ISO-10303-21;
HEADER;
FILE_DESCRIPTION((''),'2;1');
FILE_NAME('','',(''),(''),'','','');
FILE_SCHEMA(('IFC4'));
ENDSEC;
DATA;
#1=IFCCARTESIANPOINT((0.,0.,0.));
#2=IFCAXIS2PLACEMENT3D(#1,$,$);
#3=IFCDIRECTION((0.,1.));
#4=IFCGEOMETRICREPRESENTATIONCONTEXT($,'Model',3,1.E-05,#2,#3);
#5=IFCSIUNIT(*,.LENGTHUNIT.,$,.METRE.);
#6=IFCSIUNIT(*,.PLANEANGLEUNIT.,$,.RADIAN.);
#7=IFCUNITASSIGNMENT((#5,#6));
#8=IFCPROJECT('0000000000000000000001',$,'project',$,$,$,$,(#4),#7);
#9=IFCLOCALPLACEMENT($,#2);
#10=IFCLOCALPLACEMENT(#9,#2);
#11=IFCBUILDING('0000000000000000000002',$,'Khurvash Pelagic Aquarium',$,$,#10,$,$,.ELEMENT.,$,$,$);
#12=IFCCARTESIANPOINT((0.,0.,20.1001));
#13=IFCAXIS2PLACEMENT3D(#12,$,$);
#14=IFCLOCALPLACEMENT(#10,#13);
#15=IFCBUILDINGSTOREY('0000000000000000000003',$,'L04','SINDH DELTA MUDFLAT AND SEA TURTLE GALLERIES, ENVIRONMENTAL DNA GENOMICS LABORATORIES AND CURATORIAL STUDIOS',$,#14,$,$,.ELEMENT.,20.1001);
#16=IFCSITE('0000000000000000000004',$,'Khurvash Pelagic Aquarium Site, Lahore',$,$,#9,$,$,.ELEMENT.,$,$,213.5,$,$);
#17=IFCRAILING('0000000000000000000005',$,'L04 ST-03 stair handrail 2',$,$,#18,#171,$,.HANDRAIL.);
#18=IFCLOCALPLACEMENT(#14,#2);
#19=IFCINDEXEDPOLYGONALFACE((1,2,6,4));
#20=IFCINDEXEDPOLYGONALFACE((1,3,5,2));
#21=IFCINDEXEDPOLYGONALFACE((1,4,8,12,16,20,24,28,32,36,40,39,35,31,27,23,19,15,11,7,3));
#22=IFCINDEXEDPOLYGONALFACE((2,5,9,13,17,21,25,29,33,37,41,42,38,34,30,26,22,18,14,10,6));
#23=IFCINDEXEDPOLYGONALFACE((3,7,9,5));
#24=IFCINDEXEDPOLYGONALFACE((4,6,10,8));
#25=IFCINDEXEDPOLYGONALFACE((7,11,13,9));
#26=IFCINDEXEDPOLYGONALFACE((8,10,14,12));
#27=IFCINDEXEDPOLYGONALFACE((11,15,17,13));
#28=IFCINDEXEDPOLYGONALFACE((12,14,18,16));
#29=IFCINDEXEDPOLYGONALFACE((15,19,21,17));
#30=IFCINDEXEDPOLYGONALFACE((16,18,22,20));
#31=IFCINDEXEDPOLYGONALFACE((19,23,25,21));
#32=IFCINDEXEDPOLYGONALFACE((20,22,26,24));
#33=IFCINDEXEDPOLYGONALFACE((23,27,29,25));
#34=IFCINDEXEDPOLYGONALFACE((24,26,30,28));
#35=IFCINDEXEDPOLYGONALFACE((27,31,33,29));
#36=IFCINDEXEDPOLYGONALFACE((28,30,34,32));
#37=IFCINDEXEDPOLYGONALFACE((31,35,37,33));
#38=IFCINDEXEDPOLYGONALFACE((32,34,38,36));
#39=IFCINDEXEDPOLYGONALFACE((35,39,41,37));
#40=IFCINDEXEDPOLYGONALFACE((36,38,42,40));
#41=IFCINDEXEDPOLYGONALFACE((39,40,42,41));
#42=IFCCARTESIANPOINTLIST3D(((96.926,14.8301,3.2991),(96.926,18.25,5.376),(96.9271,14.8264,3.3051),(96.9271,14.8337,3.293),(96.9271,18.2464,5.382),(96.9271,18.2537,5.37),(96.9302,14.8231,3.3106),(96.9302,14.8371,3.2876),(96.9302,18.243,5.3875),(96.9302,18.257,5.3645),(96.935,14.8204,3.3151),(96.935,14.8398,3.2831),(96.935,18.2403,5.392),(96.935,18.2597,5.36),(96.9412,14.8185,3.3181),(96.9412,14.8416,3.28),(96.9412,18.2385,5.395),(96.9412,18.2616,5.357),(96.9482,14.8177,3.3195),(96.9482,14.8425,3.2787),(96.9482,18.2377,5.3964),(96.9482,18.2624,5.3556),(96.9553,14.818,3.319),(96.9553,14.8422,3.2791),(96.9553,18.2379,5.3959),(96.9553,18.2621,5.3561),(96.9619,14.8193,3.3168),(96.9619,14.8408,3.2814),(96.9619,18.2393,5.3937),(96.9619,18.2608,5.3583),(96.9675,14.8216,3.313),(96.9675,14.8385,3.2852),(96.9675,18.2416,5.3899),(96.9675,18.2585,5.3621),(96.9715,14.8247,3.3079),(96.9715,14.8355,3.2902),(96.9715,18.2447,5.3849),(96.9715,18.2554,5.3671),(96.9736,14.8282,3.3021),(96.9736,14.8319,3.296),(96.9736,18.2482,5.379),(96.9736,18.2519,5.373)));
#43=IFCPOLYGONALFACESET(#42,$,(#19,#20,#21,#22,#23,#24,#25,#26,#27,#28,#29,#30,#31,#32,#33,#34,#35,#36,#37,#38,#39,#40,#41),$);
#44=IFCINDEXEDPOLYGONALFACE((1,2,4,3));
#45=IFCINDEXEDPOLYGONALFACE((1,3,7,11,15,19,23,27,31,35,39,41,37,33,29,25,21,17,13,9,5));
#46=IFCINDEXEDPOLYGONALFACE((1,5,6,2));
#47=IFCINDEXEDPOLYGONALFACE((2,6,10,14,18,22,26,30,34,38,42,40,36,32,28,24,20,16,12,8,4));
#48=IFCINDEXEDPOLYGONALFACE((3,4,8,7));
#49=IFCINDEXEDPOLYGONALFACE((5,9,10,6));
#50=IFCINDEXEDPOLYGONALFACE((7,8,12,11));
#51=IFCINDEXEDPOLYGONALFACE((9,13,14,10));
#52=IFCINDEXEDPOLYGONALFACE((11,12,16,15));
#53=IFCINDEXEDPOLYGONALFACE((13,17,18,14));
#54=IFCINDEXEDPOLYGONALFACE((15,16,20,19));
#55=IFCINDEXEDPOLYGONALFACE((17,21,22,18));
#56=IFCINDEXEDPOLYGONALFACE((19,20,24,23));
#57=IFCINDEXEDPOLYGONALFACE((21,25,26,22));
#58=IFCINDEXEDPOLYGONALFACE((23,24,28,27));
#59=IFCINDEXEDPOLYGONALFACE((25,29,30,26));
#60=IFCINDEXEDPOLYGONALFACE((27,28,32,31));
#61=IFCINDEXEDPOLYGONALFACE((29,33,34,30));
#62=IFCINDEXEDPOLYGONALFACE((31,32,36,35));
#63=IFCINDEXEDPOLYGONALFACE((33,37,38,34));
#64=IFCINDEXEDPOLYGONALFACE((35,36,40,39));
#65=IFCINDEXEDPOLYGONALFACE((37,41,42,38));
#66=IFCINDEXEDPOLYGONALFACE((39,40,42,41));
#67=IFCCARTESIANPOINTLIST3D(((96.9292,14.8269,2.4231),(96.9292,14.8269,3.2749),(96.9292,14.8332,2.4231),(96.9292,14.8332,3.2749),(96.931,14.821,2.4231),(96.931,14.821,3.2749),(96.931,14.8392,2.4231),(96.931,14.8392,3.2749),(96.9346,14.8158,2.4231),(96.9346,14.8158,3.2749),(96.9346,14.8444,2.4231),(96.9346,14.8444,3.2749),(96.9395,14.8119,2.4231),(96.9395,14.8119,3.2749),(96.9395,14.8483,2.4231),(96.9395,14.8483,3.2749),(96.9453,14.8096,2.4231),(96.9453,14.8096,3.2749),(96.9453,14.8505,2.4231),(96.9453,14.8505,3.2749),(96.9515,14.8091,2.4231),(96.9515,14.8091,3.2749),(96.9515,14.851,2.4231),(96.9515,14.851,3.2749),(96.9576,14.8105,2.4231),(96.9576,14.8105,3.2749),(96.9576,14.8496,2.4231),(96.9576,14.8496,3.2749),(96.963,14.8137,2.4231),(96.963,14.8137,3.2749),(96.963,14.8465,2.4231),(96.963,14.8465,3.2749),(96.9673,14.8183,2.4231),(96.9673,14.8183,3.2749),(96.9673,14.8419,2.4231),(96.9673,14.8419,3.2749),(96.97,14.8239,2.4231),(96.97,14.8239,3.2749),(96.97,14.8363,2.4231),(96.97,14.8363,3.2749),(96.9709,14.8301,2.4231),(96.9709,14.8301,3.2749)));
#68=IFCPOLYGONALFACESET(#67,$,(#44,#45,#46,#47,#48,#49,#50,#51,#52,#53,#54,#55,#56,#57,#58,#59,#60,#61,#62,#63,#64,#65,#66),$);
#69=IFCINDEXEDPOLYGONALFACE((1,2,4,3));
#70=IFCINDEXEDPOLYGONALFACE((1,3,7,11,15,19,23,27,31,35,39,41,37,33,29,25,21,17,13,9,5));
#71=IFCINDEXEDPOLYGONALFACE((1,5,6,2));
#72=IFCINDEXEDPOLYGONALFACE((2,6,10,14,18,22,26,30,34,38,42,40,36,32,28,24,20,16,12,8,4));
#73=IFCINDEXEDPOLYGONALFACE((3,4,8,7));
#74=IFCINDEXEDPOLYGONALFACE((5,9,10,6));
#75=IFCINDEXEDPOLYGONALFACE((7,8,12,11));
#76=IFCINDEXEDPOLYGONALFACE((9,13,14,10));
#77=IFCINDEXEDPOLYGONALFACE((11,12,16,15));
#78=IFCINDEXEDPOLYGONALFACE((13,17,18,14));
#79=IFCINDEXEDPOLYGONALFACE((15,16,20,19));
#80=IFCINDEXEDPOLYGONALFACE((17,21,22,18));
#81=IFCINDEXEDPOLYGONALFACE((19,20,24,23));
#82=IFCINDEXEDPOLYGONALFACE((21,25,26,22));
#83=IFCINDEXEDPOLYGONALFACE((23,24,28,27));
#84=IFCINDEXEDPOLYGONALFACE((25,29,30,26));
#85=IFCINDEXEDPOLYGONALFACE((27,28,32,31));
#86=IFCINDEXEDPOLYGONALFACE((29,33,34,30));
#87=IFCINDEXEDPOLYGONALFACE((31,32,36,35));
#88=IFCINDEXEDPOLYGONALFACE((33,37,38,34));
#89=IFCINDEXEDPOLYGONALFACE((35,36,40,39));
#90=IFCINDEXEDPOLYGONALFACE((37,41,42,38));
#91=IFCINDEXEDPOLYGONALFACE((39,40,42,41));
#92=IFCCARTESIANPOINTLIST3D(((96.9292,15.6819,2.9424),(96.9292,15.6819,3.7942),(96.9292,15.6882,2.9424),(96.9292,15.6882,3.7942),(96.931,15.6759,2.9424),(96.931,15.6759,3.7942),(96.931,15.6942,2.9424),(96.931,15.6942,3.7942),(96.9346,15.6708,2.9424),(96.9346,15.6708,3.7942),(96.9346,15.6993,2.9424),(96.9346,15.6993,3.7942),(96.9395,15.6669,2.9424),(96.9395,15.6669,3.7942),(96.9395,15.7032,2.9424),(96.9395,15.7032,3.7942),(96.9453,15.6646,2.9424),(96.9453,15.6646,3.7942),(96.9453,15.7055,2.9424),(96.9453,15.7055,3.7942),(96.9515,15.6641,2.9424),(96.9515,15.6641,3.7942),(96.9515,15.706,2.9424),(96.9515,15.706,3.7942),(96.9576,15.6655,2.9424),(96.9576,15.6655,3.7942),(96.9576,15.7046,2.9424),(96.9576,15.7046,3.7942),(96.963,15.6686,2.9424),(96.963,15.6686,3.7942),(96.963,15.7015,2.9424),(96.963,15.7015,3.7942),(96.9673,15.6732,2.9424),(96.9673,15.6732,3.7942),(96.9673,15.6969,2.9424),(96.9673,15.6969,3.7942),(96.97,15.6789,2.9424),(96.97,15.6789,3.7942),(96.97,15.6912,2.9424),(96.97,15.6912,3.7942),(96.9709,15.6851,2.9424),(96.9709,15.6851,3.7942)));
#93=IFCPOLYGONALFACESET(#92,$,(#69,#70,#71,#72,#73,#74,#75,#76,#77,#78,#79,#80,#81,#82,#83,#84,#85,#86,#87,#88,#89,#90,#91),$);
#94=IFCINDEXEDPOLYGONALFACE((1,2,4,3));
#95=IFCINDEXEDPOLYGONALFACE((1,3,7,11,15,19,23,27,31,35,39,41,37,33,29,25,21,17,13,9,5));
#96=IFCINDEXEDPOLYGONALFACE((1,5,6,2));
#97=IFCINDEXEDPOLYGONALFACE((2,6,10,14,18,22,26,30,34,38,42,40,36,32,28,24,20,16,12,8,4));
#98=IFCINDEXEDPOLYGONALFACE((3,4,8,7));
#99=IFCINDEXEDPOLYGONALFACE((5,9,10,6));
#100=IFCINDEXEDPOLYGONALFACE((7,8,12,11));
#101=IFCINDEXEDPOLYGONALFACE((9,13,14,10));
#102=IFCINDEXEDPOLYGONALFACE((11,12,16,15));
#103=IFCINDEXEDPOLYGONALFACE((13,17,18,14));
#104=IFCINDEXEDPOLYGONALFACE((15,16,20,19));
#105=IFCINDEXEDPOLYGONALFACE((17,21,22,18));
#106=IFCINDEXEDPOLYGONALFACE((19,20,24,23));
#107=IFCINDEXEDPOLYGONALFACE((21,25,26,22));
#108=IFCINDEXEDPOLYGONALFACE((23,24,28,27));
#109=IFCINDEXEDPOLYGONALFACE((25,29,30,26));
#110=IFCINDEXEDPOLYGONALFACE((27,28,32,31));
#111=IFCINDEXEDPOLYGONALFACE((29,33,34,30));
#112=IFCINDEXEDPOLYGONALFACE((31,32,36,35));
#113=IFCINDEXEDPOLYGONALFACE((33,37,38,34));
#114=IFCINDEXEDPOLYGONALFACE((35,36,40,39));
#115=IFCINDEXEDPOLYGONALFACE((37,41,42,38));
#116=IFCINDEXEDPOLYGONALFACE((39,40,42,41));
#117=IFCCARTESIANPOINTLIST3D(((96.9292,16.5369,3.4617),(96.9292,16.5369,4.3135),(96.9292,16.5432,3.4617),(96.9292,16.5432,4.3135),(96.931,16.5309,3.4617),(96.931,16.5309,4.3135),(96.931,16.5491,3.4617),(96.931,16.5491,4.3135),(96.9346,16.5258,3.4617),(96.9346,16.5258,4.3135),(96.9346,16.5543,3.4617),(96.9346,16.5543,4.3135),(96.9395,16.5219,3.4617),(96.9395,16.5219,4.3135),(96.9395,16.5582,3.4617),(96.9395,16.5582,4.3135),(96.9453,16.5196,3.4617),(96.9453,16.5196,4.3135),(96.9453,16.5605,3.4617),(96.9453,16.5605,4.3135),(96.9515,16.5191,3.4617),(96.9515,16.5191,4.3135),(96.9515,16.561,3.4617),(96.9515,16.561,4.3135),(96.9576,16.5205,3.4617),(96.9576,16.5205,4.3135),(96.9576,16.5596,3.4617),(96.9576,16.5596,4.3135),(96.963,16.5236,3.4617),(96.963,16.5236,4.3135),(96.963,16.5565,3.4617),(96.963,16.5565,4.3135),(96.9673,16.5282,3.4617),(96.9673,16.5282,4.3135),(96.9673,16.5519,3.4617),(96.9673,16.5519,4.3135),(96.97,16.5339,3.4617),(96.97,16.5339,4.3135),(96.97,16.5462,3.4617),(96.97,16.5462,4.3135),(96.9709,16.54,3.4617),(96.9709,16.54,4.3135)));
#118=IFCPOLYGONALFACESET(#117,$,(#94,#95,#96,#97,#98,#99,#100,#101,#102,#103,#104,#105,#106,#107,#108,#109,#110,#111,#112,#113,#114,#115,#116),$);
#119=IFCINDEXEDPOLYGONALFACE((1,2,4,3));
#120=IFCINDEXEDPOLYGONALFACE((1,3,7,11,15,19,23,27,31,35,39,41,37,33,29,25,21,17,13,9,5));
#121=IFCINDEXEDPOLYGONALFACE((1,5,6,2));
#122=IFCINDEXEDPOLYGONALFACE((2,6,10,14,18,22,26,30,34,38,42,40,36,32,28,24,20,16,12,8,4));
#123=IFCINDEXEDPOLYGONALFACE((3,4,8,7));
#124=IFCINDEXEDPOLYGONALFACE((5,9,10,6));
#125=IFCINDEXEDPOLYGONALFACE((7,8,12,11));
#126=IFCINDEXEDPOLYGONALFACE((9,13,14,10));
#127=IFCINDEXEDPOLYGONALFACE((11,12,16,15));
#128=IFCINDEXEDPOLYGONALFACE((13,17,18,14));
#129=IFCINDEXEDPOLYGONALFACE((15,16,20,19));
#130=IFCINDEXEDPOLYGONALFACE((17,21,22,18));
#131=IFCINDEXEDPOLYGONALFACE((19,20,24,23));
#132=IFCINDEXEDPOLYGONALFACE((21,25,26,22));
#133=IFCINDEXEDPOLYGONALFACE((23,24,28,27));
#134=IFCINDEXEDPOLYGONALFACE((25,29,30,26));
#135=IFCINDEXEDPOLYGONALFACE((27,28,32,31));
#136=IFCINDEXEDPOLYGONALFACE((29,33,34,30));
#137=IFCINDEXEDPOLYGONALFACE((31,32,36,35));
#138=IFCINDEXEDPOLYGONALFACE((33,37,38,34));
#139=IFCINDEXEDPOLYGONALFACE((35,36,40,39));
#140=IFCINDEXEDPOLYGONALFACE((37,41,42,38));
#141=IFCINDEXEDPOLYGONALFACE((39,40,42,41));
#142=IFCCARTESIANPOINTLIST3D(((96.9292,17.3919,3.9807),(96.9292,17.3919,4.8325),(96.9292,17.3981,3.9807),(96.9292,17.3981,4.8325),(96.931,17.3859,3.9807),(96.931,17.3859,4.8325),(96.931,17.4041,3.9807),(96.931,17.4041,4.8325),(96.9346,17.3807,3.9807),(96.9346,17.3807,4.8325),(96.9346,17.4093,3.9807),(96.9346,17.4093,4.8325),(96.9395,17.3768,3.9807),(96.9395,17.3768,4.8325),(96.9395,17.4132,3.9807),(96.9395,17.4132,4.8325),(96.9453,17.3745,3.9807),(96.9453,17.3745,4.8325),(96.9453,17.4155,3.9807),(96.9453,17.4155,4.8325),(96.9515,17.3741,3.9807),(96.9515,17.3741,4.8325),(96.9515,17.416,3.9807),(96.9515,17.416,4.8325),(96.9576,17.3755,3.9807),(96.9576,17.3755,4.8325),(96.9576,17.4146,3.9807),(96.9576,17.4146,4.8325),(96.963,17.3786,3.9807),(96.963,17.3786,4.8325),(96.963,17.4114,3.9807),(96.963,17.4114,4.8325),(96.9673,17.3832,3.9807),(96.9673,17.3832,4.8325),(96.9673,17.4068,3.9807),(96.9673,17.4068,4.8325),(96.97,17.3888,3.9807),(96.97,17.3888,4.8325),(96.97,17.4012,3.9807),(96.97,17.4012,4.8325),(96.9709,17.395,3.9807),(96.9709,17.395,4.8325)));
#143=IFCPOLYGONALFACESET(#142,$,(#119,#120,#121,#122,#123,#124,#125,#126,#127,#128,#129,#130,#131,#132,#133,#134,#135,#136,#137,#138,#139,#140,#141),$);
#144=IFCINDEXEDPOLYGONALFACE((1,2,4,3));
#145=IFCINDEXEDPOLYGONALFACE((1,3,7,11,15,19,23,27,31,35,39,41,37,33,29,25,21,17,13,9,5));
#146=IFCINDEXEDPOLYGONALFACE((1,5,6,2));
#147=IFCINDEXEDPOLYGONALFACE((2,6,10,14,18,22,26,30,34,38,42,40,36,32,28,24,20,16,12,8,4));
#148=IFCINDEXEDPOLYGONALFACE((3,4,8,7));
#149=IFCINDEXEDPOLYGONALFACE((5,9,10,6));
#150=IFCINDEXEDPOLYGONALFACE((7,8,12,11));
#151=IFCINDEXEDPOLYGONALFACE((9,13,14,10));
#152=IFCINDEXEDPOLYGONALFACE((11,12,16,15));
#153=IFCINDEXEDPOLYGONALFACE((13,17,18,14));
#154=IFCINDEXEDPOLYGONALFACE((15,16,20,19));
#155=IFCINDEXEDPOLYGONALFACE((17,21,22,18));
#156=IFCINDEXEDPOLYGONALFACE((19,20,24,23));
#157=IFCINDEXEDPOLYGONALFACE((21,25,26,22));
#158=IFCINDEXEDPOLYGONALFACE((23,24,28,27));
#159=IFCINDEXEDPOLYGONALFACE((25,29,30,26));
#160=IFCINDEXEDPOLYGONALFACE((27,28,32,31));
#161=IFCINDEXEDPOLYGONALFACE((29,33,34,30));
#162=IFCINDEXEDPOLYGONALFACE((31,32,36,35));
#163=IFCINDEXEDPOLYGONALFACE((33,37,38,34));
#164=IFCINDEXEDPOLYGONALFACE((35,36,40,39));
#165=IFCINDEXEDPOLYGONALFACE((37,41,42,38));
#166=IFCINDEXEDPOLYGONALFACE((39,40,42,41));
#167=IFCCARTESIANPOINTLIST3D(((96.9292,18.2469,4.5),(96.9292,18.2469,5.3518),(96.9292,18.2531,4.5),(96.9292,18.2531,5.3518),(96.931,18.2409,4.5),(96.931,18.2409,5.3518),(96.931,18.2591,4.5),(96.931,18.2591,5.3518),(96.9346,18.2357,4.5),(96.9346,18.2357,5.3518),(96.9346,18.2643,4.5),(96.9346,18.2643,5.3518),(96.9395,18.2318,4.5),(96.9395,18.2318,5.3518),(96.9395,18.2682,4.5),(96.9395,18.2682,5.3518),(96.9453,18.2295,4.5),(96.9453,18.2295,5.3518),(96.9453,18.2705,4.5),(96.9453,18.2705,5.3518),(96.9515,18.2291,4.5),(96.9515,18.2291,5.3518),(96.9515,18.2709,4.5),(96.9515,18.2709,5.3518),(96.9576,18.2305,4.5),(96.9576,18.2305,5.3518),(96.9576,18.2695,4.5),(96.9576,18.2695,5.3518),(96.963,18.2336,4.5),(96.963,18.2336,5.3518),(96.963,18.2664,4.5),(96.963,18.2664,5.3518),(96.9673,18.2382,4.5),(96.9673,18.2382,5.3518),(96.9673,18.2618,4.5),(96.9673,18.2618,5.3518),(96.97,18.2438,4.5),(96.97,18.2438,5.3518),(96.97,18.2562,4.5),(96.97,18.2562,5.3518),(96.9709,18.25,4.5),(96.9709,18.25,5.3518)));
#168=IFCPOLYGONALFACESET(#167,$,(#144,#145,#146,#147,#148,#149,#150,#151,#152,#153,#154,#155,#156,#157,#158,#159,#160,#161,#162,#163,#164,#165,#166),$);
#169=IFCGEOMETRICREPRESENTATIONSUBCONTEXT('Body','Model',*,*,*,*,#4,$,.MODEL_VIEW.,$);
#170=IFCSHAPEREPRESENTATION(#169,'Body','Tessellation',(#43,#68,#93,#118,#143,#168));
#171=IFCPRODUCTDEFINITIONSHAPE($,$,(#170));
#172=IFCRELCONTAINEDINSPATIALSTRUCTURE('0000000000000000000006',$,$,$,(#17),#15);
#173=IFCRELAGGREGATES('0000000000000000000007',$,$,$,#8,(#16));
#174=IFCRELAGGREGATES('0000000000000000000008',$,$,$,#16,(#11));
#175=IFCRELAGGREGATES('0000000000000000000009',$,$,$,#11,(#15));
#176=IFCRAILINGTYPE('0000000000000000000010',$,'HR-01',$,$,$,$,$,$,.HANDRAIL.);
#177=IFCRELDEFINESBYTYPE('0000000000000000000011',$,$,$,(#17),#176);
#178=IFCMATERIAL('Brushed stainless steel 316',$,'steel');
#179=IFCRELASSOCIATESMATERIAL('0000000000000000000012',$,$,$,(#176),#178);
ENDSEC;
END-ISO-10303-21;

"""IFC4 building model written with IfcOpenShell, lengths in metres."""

from ifc_helpers import new_model, si_unit, direction, frame, origin, origin_2d, place, context, subcontext, project, spatial, circle, extrude, material, type_object, element, save


model = new_model("IFC4")

# Units and contexts
model_context = context("Model", 3, precision=1e-05, world=origin(), true_north=direction((0.0, 1.0)))
body_context = subcontext(model_context, "Body", "Model", "MODEL_VIEW")
ifc_project = project(units=[si_unit("LENGTHUNIT", "METRE"), si_unit("PLANEANGLEUNIT", "RADIAN")], contexts=[model_context])

# Site, building, storey
site_placement = place(None, origin())
site = spatial("IfcSite", under=ifc_project, at=site_placement, Name="Khurvash Pelagic Aquarium Site, Lahore", CompositionType="ELEMENT", RefElevation=213.5)
building_placement = place(site_placement, origin())
building = spatial("IfcBuilding", under=site, at=building_placement, Name="Khurvash Pelagic Aquarium", CompositionType="ELEMENT")
storey_placement = place(building_placement, frame((0.0, 0.0, 20.1001)))
storey = spatial("IfcBuildingStorey", under=building, at=storey_placement, Name="L04", Description="SINDH DELTA MUDFLAT AND SEA TURTLE GALLERIES, ENVIRONMENTAL DNA GENOMICS LABORATORIES AND CURATORIAL STUDIOS", CompositionType="ELEMENT", Elevation=20.1001)

# Railing
ifc_material_1 = material(Name="Brushed stainless steel 316", Category="steel")
railing_type_1 = type_object("IfcRailingType", Name="HR-01", PredefinedType="HANDRAIL", material=ifc_material_1)
railing_1_placement = place(storey_placement, frame((96.95, 14.8301, 2.4231)))
element("IfcRailing", 1, at=railing_1_placement, inside=storey, type_object=railing_type_1, Name="L04 ST-03 stair handrail 2", PredefinedType="HANDRAIL", context=body_context, shape_type="SweptSolid", body=[
    extrude(circle(Radius=0.0239, at=origin_2d()), frame((0.0, 0.0, 0.876), z_axis=(0.0, 0.85473, 0.519074), x_axis=(-1.0, 0.0, 0.0)), (0.0, 0.0, 1.0), 4.0012),
    extrude(circle(Radius=0.021, at=origin_2d()), origin(), (0.0, 0.0, 1.0), 0.8518),
    extrude(circle(Radius=0.021, at=origin_2d()), frame((0.0, 0.855, 0.5193)), (0.0, 0.0, 1.0), 0.8518),
    extrude(circle(Radius=0.021, at=origin_2d()), frame((0.0, 1.71, 1.0386)), (0.0, 0.0, 1.0), 0.8518),
    extrude(circle(Radius=0.021, at=origin_2d()), frame((0.0, 2.5649, 1.5576)), (0.0, 0.0, 1.0), 0.8518),
    extrude(circle(Radius=0.021, at=origin_2d()), frame((0.0, 3.4199, 2.0769)), (0.0, 0.0, 1.0), 0.8518),
])

save(model, "model.ifc")
